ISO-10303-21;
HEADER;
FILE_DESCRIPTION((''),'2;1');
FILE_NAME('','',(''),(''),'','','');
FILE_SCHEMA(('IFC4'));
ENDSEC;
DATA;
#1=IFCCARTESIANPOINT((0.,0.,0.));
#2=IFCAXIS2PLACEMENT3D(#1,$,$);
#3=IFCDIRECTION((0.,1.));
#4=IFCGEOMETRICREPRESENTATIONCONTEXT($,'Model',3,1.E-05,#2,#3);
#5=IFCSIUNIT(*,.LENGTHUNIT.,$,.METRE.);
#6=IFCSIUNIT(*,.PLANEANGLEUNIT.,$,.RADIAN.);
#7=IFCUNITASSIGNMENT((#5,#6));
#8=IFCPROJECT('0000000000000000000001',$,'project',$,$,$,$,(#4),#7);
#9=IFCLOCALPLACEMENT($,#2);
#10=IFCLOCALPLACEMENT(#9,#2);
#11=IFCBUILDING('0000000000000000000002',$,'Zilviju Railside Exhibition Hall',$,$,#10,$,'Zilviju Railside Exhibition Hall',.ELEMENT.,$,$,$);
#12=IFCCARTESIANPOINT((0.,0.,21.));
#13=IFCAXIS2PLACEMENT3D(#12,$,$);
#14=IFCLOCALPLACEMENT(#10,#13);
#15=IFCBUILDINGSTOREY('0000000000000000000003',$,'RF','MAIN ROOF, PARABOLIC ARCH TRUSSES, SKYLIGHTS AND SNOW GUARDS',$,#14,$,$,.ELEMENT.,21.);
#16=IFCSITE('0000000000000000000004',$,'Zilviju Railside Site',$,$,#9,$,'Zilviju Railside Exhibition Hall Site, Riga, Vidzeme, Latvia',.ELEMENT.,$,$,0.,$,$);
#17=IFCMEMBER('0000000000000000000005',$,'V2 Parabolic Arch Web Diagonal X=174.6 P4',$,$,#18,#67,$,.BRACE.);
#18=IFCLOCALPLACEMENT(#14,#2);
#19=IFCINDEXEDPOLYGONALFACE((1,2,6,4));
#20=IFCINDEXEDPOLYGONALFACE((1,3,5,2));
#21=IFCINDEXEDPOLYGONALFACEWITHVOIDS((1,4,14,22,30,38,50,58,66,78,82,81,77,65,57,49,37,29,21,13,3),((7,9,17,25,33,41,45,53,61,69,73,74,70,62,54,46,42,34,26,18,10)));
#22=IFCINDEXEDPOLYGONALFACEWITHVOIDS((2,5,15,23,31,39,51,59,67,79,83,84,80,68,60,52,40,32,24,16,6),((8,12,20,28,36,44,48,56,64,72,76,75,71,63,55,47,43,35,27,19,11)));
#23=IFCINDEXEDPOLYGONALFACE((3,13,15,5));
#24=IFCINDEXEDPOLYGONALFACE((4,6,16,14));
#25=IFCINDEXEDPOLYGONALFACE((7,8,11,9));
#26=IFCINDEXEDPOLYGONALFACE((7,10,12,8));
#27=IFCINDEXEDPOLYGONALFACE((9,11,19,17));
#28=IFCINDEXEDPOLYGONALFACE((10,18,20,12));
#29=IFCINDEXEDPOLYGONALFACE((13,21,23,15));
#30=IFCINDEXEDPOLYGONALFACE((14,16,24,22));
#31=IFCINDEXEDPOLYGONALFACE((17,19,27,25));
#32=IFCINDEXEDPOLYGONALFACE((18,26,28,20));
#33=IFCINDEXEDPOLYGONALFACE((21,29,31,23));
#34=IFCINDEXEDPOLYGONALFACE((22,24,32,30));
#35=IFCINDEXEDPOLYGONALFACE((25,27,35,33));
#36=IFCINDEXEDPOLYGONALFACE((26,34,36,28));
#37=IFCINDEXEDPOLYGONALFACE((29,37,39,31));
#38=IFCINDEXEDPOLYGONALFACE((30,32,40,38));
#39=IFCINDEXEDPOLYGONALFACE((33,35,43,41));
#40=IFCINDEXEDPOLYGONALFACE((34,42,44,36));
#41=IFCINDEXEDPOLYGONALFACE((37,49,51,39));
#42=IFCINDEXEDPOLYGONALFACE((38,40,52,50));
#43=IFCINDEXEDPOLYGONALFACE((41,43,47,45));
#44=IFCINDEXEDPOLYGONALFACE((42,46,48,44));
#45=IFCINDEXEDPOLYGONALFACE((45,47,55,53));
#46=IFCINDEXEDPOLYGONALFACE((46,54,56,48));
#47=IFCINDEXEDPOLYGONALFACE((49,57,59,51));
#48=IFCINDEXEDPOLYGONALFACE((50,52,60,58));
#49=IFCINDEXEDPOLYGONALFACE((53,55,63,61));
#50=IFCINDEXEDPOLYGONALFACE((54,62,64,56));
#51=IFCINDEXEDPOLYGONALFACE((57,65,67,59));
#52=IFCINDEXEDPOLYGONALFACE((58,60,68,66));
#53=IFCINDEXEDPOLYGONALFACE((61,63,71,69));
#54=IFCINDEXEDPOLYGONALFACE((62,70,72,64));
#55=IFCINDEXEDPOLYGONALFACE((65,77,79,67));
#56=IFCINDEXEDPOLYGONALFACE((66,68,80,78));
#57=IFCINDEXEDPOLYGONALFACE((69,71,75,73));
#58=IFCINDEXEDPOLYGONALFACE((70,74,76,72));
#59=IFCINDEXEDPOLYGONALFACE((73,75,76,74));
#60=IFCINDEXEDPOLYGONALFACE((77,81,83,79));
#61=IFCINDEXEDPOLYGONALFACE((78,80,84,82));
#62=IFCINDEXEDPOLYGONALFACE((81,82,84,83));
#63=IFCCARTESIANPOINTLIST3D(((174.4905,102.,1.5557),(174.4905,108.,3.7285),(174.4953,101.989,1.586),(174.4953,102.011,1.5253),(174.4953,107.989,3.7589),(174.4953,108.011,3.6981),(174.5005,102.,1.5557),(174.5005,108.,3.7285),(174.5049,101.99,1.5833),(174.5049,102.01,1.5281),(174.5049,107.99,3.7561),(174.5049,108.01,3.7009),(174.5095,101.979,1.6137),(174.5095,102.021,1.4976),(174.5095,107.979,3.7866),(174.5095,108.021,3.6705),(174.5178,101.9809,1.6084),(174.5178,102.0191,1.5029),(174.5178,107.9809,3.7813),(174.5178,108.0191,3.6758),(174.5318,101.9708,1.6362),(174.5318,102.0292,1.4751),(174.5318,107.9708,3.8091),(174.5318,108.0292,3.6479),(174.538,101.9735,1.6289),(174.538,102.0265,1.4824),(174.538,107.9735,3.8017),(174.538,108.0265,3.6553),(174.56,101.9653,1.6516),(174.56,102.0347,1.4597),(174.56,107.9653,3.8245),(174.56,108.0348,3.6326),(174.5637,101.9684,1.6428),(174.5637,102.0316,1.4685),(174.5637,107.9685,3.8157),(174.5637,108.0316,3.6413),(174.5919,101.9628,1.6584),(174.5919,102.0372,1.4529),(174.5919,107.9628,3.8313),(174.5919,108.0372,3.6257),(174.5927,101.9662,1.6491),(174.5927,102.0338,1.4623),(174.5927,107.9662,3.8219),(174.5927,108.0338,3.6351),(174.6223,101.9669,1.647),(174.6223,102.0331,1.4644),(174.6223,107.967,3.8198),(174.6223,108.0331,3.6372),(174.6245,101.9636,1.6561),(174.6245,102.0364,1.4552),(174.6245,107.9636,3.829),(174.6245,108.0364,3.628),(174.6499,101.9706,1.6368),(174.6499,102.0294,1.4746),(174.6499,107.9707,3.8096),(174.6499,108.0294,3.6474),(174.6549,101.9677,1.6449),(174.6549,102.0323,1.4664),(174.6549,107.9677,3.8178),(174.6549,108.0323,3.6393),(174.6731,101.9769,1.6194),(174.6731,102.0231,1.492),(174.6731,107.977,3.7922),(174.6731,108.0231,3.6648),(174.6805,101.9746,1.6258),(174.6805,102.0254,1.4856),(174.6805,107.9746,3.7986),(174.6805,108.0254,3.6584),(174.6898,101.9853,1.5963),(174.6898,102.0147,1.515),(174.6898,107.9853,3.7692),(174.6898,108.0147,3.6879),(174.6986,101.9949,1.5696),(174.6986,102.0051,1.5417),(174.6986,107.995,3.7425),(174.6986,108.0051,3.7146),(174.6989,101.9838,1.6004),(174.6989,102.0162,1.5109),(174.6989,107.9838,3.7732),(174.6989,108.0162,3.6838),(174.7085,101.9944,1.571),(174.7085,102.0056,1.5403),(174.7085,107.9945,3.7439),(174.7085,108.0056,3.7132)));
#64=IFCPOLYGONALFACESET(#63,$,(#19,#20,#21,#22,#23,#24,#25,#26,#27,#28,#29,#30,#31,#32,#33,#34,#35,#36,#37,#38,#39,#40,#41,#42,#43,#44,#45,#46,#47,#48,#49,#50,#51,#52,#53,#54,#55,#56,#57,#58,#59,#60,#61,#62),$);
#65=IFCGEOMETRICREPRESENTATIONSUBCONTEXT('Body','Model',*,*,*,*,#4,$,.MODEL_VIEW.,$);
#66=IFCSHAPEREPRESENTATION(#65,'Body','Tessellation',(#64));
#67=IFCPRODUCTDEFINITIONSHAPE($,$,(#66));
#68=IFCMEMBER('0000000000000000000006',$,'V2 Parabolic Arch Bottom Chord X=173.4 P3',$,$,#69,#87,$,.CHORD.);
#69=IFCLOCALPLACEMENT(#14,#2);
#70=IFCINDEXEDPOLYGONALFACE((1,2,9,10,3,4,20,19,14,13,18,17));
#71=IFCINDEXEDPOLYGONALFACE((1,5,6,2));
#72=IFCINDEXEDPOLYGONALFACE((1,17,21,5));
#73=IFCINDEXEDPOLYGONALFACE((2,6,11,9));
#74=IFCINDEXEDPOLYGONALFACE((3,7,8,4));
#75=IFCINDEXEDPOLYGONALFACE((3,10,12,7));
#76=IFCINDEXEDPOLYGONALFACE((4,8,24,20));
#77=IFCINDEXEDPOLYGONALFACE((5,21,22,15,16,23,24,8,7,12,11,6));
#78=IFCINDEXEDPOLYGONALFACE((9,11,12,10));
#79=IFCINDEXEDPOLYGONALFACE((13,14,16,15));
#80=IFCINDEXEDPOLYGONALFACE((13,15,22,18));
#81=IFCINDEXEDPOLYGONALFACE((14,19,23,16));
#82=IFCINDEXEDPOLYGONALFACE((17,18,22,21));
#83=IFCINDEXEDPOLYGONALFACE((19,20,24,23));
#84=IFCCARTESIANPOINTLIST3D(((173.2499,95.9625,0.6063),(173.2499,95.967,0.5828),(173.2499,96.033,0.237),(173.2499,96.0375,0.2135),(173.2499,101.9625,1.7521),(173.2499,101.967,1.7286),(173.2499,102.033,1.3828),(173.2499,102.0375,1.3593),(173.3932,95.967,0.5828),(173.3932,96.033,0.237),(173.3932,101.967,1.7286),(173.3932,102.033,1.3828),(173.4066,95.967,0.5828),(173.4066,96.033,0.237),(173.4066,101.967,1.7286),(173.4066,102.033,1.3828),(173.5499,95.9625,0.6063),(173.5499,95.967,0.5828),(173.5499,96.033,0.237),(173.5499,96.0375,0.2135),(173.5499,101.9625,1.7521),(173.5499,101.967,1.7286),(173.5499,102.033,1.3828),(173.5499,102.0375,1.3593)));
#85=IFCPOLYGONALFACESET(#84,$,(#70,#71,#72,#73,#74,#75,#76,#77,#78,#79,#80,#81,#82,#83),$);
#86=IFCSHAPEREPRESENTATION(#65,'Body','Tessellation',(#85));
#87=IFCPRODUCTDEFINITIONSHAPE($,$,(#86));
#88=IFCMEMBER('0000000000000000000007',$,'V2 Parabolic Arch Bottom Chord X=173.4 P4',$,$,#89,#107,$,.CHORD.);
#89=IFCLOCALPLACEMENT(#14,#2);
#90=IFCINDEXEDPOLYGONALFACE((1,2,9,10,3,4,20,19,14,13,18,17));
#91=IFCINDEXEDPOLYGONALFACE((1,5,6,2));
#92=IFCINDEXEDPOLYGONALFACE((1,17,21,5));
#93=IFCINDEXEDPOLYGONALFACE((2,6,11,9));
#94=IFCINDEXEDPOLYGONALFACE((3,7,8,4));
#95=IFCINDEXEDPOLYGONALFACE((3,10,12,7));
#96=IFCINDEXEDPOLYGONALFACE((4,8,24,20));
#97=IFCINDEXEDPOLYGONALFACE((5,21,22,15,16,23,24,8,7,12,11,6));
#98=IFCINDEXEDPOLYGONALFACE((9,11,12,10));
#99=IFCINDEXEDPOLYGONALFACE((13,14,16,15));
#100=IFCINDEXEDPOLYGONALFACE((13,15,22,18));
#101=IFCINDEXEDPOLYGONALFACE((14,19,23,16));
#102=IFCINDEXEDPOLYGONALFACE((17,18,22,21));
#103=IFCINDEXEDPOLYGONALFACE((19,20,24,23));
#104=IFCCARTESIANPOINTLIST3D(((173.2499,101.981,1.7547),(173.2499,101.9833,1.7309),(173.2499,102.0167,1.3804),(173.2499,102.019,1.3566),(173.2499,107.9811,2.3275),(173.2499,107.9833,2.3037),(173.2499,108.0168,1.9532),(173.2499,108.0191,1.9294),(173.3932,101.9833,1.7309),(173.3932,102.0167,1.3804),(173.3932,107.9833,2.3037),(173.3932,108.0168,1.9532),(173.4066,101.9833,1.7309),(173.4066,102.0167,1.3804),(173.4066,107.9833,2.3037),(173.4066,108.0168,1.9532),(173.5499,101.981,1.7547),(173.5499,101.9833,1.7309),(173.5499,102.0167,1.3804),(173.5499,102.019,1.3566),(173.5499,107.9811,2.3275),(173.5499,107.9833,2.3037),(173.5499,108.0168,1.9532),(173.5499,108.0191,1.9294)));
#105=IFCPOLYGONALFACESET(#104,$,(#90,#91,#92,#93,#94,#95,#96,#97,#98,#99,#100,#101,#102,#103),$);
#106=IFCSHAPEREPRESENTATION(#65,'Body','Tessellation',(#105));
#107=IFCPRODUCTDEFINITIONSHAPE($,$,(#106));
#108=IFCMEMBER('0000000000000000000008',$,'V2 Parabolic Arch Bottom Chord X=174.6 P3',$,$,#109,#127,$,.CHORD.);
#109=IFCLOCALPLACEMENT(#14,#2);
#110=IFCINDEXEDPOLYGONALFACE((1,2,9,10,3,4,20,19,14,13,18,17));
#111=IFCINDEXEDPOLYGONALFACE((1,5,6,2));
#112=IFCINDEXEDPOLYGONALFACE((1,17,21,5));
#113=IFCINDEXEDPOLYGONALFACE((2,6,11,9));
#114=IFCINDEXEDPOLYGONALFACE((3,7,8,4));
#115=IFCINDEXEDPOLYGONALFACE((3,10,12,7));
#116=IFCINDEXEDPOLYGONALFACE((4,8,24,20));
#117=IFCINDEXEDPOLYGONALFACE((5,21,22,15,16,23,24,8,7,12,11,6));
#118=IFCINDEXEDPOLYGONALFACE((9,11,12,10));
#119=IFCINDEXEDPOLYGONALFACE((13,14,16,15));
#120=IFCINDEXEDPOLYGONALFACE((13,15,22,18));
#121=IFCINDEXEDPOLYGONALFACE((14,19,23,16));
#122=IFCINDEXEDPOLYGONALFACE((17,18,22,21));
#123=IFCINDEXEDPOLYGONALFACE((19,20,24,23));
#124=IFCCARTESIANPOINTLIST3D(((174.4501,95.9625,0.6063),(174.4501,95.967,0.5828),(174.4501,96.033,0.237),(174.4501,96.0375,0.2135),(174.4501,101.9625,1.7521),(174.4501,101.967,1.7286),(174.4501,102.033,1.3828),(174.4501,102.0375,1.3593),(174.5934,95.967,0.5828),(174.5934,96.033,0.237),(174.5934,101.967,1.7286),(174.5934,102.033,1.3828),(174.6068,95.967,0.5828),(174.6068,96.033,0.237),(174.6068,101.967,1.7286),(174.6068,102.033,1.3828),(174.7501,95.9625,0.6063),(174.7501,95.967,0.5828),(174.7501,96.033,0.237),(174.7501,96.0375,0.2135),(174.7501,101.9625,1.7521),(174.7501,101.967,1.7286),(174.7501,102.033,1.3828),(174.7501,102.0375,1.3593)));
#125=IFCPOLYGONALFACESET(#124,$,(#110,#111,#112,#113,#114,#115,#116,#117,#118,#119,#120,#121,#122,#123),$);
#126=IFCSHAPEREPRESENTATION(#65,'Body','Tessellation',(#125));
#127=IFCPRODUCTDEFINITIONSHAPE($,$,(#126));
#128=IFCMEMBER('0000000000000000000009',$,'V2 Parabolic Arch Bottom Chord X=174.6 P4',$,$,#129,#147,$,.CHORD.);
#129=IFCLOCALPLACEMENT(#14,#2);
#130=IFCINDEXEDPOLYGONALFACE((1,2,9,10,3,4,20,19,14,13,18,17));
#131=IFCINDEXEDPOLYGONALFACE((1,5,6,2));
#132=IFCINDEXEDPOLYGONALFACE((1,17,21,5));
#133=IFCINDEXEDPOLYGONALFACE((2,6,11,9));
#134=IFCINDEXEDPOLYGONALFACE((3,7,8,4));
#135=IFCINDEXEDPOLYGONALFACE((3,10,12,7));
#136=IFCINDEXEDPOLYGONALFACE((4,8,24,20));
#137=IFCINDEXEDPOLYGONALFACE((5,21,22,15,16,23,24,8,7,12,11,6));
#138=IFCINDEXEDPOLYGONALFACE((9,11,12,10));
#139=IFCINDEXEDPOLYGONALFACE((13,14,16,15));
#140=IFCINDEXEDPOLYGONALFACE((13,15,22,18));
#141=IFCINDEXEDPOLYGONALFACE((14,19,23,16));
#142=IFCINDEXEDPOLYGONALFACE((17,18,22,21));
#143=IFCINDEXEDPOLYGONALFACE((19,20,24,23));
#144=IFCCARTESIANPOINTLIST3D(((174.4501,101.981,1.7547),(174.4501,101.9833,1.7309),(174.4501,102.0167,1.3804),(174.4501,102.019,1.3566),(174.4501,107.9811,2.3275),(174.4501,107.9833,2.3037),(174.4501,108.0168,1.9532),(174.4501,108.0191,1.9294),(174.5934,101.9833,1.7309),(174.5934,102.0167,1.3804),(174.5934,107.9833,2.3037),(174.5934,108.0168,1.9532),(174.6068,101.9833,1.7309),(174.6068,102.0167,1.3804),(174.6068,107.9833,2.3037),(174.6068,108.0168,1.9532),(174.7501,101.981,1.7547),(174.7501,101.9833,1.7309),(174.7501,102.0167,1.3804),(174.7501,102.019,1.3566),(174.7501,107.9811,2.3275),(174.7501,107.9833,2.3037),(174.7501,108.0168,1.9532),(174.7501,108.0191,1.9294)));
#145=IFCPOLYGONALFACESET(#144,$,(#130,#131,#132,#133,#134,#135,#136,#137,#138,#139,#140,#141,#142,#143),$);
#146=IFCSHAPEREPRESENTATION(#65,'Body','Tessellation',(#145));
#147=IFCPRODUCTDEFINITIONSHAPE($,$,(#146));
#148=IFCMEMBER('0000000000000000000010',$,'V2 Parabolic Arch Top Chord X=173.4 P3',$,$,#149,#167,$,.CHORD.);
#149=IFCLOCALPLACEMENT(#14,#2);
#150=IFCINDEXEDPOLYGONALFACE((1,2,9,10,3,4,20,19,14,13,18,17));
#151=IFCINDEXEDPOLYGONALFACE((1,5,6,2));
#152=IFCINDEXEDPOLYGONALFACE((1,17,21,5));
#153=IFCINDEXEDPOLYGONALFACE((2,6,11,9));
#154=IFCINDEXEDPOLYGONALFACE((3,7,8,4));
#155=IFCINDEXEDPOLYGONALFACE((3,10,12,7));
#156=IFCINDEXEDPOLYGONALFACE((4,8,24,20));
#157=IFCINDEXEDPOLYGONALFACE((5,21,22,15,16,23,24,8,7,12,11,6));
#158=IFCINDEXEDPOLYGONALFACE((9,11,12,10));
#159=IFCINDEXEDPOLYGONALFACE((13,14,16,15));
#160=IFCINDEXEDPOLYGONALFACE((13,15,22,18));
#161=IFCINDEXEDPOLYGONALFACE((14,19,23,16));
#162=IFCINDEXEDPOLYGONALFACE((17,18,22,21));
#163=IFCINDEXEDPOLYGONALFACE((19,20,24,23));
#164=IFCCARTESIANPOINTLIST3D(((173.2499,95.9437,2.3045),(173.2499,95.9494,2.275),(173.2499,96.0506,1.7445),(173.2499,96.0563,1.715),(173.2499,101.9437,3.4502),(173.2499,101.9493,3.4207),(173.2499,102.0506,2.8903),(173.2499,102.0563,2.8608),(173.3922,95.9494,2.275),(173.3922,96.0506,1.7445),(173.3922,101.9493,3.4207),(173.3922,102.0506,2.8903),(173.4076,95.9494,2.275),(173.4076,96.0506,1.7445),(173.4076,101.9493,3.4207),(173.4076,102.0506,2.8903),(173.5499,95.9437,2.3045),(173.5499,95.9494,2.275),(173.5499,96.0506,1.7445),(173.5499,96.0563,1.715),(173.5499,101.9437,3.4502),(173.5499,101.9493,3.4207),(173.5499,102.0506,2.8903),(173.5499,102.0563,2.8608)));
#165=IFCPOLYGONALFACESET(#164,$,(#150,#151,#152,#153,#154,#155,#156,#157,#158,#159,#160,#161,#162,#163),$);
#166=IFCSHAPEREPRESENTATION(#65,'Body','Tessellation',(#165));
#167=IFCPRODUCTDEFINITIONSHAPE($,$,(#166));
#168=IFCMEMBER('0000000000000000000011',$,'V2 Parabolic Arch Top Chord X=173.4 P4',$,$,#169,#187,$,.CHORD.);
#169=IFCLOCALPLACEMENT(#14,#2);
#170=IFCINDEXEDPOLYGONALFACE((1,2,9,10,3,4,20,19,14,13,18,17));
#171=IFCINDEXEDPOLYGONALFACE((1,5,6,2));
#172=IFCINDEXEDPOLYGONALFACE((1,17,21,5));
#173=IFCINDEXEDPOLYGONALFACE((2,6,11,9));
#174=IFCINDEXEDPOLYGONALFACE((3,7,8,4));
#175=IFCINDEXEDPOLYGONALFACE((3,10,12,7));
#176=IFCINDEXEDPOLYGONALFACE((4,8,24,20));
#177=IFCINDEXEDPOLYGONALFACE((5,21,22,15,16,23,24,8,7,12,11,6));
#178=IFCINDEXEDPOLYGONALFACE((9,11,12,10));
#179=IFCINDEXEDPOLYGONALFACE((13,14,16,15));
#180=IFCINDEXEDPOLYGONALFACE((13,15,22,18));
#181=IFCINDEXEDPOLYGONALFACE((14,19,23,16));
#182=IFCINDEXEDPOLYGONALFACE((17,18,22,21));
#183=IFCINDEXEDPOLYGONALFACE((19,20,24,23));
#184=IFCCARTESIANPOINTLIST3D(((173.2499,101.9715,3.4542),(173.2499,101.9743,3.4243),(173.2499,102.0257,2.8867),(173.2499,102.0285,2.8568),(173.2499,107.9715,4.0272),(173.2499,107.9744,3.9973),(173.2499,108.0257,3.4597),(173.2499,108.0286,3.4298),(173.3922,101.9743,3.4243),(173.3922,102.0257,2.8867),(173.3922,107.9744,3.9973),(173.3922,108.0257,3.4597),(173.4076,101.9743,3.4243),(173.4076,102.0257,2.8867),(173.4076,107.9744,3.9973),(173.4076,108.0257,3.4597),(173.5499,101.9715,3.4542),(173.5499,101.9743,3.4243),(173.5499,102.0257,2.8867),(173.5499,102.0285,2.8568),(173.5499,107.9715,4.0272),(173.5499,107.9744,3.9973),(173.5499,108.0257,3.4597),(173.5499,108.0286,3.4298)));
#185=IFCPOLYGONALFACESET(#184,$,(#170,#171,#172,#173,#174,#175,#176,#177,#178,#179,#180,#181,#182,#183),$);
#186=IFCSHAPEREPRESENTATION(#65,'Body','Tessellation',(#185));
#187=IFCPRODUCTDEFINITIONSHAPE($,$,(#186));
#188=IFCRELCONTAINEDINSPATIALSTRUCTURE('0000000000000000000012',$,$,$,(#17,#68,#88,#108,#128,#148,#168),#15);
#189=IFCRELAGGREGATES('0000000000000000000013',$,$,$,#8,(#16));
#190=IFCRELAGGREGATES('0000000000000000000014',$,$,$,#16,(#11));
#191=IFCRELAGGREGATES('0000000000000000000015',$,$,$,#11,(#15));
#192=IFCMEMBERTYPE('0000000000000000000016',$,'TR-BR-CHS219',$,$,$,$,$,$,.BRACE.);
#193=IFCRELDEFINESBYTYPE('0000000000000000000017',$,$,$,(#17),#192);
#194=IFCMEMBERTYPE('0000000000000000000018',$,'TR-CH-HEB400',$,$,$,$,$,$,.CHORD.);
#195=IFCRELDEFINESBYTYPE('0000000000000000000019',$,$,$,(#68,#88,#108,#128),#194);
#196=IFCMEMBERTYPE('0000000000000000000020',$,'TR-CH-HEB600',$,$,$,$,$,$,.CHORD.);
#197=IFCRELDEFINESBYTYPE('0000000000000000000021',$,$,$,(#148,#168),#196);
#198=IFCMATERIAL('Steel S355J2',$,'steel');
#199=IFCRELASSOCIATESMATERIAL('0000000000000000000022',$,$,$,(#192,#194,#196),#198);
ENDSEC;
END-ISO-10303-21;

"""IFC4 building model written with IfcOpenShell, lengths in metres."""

from ifc_helpers import new_model, si_unit, direction, frame, origin, origin_2d, place, context, subcontext, project, spatial, hollow_circle, i_section, extrude, material, material_profile, profile_set, type_object, element, save


model = new_model("IFC4")

# Units and contexts
model_context = context("Model", 3, precision=1e-05, world=origin(), true_north=direction((0.0, 1.0)))
body_context = subcontext(model_context, "Body", "Model", "MODEL_VIEW")
ifc_project = project(units=[si_unit("LENGTHUNIT", "METRE"), si_unit("PLANEANGLEUNIT", "RADIAN")], contexts=[model_context])

# Site, building, storey
site_placement = place(None, origin())
site = spatial("IfcSite", under=ifc_project, at=site_placement, Name="Zilviju Railside Site", LongName="Zilviju Railside Exhibition Hall Site, Riga, Vidzeme, Latvia", CompositionType="ELEMENT", RefElevation=0.0)
building_placement = place(site_placement, origin())
building = spatial("IfcBuilding", under=site, at=building_placement, Name="Zilviju Railside Exhibition Hall", LongName="Zilviju Railside Exhibition Hall", CompositionType="ELEMENT")
storey_placement = place(building_placement, frame((0.0, 0.0, 21.0)))
storey = spatial("IfcBuildingStorey", under=building, at=storey_placement, Name="RF", Description="MAIN ROOF, PARABOLIC ARCH TRUSSES, SKYLIGHTS AND SNOW GUARDS", CompositionType="ELEMENT", Elevation=21.0)

# Members
ifc_material_1 = material(Name="Steel S355J2", Category="steel")
ifc_material_profile_1 = material_profile(ifc_material_1, hollow_circle(Radius=0.1096, WallThickness=0.01, at=origin_2d()), Name="CHS 219.1x10.0")
ifc_profile_set_1 = profile_set([ifc_material_profile_1], Name="Steel S355J2")
member_type_1 = type_object("IfcMemberType", Name="TR-BR-CHS219", PredefinedType="BRACE", material=ifc_profile_set_1)
member_1_placement = place(storey_placement, frame((174.6001, 102.0, 1.5557), z_axis=(0.0, 0.940244, 0.340502), x_axis=(-1.0, 0.0, 0.0)))
element("IfcMember", 1, at=member_1_placement, inside=storey, type_object=member_type_1, Name="V2 Parabolic Arch Web Diagonal X=174.6 P4", PredefinedType="BRACE", context=body_context, shape_type="SweptSolid", body=[
    extrude(hollow_circle(Radius=0.1096, WallThickness=0.01, at=origin_2d()), origin(), (0.0, 0.0, 1.0), 6.3813),
])
ifc_material_profile_2 = material_profile(ifc_material_1, i_section(OverallWidth=0.3, OverallDepth=0.3999, WebThickness=0.0134, FlangeThickness=0.0239, at=origin_2d()), Name="HEB 400")
ifc_profile_set_2 = profile_set([ifc_material_profile_2], Name="Steel S355J2")
member_type_2 = type_object("IfcMemberType", Name="TR-CH-HEB400", PredefinedType="CHORD", material=ifc_profile_set_2)
member_2_placement = place(storey_placement, frame((173.3999, 96.0, 0.4099), z_axis=(0.0, 0.982251, 0.187569), x_axis=(-1.0, 0.0, 0.0)))
element("IfcMember", 2, at=member_2_placement, inside=storey, type_object=member_type_2, Name="V2 Parabolic Arch Bottom Chord X=173.4 P3", PredefinedType="CHORD", context=body_context, shape_type="SweptSolid", body=[
    extrude(i_section(OverallWidth=0.3, OverallDepth=0.3999, WebThickness=0.0134, FlangeThickness=0.0239, at=origin_2d()), origin(), (0.0, 0.0, 1.0), 6.1084),
])
member_3_placement = place(storey_placement, frame((173.3999, 102.0, 1.5557), z_axis=(0.0, 0.995475, 0.095027), x_axis=(-1.0, 0.0, 0.0)))
element("IfcMember", 3, at=member_3_placement, inside=storey, type_object=member_type_2, Name="V2 Parabolic Arch Bottom Chord X=173.4 P4", PredefinedType="CHORD", context=body_context, shape_type="SweptSolid", body=[
    extrude(i_section(OverallWidth=0.3, OverallDepth=0.3999, WebThickness=0.0134, FlangeThickness=0.0239, at=origin_2d()), origin(), (0.0, 0.0, 1.0), 6.0273),
])
member_4_placement = place(storey_placement, frame((174.6001, 96.0, 0.4099), z_axis=(0.0, 0.982251, 0.187569), x_axis=(-1.0, 0.0, 0.0)))
element("IfcMember", 4, at=member_4_placement, inside=storey, type_object=member_type_2, Name="V2 Parabolic Arch Bottom Chord X=174.6 P3", PredefinedType="CHORD", context=body_context, shape_type="SweptSolid", body=[
    extrude(i_section(OverallWidth=0.3, OverallDepth=0.3999, WebThickness=0.0134, FlangeThickness=0.0239, at=origin_2d()), origin(), (0.0, 0.0, 1.0), 6.1084),
])
member_5_placement = place(storey_placement, frame((174.6001, 102.0, 1.5557), z_axis=(0.0, 0.995475, 0.095027), x_axis=(-1.0, 0.0, 0.0)))
element("IfcMember", 5, at=member_5_placement, inside=storey, type_object=member_type_2, Name="V2 Parabolic Arch Bottom Chord X=174.6 P4", PredefinedType="CHORD", context=body_context, shape_type="SweptSolid", body=[
    extrude(i_section(OverallWidth=0.3, OverallDepth=0.3999, WebThickness=0.0134, FlangeThickness=0.0239, at=origin_2d()), origin(), (0.0, 0.0, 1.0), 6.0273),
])
ifc_material_profile_3 = material_profile(ifc_material_1, i_section(OverallWidth=0.3, OverallDepth=0.6001, WebThickness=0.0154, FlangeThickness=0.03, at=origin_2d()), Name="HEB 600")
ifc_profile_set_3 = profile_set([ifc_material_profile_3], Name="Steel S355J2")
member_type_3 = type_object("IfcMemberType", Name="TR-CH-HEB600", PredefinedType="CHORD", material=ifc_profile_set_3)
member_6_placement = place(storey_placement, frame((173.3999, 96.0, 2.0098), z_axis=(0.0, 0.982251, 0.187569), x_axis=(-1.0, 0.0, 0.0)))
element("IfcMember", 6, at=member_6_placement, inside=storey, type_object=member_type_3, Name="V2 Parabolic Arch Top Chord X=173.4 P3", PredefinedType="CHORD", context=body_context, shape_type="SweptSolid", body=[
    extrude(i_section(OverallWidth=0.3, OverallDepth=0.6001, WebThickness=0.0154, FlangeThickness=0.03, at=origin_2d()), origin(), (0.0, 0.0, 1.0), 6.1084),
])
member_7_placement = place(storey_placement, frame((173.3999, 102.0, 3.1555), z_axis=(0.0, 0.995471, 0.095067), x_axis=(-1.0, 0.0, 0.0)))
element("IfcMember", 7, at=member_7_placement, inside=storey, type_object=member_type_3, Name="V2 Parabolic Arch Top Chord X=173.4 P4", PredefinedType="CHORD", context=body_context, shape_type="SweptSolid", body=[
    extrude(i_section(OverallWidth=0.3, OverallDepth=0.6001, WebThickness=0.0154, FlangeThickness=0.03, at=origin_2d()), origin(), (0.0, 0.0, 1.0), 6.0273),
])

save(model, "model.ifc")
